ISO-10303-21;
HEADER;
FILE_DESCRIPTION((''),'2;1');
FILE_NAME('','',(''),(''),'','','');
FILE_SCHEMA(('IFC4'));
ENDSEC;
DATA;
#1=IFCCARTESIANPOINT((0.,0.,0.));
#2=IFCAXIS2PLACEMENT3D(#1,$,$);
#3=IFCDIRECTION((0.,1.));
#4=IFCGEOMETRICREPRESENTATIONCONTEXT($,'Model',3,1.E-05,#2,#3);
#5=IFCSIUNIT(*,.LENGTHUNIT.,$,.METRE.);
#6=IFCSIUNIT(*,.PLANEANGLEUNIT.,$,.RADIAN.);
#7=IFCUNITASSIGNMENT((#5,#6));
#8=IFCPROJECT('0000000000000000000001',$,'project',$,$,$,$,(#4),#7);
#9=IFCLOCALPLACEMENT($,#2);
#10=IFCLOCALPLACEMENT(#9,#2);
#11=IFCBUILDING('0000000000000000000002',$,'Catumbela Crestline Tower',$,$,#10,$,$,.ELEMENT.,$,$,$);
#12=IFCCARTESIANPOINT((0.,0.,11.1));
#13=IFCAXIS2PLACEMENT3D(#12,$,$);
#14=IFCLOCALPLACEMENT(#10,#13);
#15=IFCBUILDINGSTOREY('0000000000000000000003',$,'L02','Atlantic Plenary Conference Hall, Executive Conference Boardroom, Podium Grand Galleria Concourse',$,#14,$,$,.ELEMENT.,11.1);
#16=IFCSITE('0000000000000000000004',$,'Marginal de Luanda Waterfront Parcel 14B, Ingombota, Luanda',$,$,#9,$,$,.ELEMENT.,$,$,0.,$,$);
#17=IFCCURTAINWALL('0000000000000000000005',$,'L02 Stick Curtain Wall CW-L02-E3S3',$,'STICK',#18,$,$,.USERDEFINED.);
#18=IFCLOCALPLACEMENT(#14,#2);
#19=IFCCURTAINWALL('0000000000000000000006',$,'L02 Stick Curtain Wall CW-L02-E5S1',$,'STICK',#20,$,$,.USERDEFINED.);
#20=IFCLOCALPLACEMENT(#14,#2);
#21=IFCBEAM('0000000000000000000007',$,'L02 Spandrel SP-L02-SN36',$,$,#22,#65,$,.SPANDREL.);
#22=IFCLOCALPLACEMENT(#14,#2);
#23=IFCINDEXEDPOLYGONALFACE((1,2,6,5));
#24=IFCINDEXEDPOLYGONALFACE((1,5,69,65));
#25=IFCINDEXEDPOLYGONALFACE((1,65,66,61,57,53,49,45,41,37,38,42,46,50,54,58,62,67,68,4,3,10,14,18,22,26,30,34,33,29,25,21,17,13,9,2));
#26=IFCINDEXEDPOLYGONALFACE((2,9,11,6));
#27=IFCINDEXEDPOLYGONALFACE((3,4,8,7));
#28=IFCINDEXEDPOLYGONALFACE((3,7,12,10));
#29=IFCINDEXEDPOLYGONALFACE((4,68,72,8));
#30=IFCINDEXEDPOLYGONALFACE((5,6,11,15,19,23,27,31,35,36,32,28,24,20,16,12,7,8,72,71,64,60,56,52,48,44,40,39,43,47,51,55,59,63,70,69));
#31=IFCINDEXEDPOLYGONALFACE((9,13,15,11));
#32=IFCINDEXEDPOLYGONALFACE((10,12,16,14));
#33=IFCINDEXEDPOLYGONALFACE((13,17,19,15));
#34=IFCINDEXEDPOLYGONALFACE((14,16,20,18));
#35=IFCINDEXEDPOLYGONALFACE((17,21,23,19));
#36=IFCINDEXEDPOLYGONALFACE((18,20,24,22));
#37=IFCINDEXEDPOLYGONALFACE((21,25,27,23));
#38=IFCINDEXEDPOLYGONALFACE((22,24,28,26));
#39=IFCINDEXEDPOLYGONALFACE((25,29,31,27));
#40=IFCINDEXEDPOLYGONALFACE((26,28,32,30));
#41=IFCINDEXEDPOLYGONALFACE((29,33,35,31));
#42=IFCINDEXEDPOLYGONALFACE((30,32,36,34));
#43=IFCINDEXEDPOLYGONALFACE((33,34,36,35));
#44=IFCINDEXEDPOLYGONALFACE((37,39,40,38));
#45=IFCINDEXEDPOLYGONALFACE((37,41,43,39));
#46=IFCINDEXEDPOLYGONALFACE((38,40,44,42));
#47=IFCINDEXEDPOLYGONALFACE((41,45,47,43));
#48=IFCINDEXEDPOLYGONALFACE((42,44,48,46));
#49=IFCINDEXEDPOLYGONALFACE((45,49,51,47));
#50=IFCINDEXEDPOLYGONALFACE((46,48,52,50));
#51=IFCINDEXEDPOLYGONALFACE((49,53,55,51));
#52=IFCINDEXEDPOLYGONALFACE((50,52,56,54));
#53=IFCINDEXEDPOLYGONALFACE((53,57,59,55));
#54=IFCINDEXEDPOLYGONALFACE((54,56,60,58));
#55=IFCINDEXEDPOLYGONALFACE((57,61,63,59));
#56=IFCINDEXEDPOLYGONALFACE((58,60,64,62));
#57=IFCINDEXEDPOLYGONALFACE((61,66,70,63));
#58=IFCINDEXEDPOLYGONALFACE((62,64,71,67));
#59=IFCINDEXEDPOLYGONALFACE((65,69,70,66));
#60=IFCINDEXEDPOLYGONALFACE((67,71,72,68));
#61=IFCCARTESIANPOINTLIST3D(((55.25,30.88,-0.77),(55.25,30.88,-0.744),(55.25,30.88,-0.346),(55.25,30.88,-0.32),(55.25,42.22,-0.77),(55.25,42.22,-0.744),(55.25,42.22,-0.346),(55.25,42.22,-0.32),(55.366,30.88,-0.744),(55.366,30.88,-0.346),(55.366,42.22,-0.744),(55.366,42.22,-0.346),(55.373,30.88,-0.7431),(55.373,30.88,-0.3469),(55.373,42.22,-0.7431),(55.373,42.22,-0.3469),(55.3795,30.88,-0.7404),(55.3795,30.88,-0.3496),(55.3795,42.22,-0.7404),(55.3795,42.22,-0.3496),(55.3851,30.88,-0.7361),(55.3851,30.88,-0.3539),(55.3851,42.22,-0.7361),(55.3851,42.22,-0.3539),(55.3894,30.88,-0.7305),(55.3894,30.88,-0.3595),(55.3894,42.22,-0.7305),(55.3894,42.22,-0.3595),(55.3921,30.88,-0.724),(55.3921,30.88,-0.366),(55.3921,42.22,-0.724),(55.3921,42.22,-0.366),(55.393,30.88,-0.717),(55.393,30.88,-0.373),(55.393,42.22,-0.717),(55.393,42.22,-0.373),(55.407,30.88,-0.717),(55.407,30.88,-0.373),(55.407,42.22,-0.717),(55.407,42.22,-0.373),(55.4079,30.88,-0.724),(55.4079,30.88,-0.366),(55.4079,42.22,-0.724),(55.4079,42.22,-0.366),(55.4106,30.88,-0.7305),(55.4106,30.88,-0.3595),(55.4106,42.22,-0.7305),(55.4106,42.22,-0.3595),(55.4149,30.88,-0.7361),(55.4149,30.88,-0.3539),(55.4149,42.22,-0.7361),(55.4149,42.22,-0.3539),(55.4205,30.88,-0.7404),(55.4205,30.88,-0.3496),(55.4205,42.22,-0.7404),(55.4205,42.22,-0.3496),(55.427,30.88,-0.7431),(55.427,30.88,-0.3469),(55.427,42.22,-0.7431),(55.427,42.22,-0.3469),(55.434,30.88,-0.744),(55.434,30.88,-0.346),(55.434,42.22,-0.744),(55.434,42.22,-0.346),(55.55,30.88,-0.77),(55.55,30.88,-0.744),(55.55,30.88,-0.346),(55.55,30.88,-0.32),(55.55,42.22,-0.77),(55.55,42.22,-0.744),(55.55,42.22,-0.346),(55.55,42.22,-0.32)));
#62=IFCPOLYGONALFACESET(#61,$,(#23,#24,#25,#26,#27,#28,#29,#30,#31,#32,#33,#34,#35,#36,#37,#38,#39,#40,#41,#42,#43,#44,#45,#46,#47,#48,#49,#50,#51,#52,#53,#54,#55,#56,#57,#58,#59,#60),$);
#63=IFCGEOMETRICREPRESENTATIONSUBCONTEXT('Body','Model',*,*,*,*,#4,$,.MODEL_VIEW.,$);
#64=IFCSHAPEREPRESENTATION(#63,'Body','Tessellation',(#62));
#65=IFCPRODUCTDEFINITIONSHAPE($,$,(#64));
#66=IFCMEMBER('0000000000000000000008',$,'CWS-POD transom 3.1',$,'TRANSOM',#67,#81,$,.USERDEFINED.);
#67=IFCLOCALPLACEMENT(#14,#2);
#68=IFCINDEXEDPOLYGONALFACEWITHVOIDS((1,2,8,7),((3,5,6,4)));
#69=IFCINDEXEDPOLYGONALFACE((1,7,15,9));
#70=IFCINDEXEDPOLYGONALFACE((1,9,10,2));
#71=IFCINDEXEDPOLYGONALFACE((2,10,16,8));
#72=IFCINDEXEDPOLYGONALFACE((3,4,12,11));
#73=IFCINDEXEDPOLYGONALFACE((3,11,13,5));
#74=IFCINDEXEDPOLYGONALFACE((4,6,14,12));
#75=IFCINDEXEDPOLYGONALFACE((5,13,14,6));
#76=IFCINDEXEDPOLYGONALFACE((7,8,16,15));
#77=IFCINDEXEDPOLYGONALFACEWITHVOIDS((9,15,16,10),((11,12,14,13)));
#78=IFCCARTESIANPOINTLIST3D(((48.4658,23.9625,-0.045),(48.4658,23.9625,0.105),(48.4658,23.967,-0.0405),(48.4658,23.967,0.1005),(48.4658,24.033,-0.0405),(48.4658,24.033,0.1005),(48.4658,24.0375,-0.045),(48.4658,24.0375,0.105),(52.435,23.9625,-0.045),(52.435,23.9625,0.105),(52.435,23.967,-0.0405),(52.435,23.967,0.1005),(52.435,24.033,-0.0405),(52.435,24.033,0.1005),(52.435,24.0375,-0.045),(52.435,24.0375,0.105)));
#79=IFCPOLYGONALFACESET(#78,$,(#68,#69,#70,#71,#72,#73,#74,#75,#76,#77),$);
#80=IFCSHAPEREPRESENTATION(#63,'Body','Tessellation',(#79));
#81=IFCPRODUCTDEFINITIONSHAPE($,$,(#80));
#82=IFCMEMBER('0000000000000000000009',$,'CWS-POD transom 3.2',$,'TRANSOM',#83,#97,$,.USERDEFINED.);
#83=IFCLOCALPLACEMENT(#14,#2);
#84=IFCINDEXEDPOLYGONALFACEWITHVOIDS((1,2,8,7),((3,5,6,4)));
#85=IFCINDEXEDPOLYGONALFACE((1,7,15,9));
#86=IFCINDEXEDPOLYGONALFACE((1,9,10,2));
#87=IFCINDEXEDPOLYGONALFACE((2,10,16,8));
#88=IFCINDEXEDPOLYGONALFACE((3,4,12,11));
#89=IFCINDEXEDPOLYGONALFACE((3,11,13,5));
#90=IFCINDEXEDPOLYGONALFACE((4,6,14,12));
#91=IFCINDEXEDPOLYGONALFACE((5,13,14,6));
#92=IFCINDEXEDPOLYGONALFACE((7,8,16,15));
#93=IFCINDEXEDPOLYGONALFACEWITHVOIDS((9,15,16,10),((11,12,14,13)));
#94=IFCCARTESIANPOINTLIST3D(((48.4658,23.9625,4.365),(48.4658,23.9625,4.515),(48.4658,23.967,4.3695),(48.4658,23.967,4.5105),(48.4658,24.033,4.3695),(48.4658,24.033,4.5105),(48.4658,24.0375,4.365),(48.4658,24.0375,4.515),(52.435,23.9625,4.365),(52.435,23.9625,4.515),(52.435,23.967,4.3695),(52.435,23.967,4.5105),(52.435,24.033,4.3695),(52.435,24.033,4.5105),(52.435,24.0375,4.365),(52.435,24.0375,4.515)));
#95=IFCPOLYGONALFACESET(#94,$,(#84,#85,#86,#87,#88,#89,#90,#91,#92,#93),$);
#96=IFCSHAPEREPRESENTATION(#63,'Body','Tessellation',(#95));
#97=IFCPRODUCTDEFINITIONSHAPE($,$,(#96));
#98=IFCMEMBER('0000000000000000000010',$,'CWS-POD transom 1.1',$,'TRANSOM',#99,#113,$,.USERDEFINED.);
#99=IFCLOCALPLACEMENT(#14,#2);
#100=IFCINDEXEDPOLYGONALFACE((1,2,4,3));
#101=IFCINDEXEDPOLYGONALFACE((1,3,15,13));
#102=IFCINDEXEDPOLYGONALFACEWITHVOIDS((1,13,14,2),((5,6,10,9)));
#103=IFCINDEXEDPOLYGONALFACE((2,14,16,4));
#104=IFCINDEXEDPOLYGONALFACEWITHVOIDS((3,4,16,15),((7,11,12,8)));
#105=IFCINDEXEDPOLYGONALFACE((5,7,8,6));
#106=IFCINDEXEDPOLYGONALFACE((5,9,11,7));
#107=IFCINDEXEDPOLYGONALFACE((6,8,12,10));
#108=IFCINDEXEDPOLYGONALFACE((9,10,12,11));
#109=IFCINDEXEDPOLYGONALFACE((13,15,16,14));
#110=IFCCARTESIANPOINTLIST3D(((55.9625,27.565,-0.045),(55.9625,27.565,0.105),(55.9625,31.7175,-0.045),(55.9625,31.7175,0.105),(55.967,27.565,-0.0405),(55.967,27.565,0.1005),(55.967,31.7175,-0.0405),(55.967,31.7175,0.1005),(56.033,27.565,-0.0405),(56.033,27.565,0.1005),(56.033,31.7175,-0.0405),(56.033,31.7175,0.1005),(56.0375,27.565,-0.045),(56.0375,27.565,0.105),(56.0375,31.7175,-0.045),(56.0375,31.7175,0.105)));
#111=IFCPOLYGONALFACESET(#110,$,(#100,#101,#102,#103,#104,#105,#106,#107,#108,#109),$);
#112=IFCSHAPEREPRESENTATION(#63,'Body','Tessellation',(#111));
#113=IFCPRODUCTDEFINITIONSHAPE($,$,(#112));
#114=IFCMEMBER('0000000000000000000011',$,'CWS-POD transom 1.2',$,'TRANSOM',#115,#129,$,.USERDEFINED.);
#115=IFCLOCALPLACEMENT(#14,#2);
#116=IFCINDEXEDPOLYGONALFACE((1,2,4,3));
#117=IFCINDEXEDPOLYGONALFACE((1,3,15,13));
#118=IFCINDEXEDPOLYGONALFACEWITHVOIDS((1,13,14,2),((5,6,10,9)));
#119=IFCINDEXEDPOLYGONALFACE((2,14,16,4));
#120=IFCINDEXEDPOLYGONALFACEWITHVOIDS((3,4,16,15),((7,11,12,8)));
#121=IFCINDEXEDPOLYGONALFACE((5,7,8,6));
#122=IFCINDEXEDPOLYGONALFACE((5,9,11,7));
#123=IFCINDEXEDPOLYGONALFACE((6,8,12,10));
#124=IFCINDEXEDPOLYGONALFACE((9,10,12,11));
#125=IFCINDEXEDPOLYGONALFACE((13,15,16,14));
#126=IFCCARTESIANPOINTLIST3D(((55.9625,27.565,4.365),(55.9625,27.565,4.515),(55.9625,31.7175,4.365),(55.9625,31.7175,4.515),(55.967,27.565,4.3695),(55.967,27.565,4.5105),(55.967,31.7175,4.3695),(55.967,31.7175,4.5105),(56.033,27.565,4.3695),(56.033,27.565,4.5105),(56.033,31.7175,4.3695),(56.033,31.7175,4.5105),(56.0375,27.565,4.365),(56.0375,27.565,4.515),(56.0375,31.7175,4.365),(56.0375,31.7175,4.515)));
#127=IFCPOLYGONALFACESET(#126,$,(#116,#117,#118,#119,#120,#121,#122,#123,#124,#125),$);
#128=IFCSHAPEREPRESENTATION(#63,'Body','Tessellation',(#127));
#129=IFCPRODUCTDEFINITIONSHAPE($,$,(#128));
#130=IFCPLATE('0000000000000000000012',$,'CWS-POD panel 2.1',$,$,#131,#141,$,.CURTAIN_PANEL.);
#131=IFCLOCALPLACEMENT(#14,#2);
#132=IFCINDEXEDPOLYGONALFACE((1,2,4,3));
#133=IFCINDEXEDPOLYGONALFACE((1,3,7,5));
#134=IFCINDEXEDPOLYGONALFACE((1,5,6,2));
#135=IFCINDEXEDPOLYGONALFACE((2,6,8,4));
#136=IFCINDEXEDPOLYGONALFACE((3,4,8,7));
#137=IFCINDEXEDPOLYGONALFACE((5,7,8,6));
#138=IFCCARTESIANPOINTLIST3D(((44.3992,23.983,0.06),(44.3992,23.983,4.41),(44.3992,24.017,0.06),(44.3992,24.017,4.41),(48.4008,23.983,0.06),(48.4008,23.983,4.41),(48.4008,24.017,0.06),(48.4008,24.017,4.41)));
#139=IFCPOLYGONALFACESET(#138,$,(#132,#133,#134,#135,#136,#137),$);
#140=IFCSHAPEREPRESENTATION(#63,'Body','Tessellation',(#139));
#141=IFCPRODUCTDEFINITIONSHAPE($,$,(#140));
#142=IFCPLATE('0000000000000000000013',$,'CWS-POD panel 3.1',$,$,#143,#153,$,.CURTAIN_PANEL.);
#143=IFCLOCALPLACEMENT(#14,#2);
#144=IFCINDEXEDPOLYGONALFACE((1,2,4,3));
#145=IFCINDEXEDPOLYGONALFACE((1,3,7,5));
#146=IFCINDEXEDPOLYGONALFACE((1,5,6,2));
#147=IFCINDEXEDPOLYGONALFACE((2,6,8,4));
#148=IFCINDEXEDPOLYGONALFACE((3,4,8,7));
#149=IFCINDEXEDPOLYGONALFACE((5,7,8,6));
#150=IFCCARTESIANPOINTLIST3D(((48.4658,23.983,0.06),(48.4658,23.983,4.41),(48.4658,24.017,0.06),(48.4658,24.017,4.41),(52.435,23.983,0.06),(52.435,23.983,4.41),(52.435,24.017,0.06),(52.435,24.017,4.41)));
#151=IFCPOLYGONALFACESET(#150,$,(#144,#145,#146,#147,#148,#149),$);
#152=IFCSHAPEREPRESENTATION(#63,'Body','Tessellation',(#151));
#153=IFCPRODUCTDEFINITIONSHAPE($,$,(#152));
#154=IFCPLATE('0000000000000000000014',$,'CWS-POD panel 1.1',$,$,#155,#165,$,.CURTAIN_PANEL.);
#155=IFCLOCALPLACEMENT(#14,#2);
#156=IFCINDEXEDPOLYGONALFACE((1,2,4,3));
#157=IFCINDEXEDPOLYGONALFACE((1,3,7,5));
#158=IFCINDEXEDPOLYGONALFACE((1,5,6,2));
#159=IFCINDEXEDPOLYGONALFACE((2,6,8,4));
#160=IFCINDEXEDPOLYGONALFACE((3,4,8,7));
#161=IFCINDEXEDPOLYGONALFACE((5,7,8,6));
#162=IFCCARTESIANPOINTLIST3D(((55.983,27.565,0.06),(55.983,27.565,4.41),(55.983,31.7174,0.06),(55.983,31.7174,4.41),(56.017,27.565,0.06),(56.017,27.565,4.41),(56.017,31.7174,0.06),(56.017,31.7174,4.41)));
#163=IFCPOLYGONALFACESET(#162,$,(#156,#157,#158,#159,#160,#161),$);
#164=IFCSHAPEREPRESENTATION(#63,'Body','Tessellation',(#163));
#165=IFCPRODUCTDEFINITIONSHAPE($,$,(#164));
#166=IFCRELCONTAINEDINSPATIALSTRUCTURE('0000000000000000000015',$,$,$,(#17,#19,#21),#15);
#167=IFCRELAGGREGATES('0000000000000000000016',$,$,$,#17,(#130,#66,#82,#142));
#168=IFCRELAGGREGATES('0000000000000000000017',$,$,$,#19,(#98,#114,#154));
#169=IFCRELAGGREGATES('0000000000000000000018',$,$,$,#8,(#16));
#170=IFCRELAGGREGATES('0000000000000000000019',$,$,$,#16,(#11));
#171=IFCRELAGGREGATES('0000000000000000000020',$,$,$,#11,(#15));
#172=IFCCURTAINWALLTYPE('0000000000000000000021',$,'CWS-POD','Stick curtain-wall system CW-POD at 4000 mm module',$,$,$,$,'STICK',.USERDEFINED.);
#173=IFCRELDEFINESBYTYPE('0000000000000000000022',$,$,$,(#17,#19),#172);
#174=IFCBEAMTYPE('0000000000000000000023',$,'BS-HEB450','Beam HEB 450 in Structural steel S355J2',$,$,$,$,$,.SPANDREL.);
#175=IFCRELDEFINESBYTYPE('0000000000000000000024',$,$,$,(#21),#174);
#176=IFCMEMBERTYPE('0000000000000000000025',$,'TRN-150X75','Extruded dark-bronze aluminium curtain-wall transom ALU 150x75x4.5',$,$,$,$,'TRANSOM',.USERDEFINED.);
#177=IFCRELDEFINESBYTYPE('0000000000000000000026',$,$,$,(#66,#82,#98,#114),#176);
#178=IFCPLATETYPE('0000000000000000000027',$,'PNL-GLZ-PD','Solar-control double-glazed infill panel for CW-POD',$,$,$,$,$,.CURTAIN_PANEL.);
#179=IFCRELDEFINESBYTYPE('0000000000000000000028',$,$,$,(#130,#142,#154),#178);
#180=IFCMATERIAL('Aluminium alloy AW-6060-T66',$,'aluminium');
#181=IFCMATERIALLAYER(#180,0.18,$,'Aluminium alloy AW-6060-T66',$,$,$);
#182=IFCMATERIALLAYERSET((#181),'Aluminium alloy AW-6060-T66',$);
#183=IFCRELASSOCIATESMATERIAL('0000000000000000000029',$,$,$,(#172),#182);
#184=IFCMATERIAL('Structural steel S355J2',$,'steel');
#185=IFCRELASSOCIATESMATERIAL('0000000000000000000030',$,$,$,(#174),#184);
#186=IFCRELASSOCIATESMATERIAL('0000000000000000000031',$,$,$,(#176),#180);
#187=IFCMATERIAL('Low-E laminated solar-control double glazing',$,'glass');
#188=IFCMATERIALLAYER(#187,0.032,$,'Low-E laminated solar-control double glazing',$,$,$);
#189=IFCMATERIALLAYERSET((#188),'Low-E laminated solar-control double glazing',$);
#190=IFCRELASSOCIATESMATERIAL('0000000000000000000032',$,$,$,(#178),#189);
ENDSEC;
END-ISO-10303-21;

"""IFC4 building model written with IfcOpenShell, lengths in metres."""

from ifc_helpers import new_model, si_unit, direction, frame, origin, origin_2d, place, context, subcontext, project, spatial, rectangle, hollow_rectangle, i_section, extrude, material, layer, layer_set, material_profile, profile_set, type_object, element, aggregate, save


model = new_model("IFC4")

# Units and contexts
model_context = context("Model", 3, precision=1e-05, world=origin(), true_north=direction((0.0, 1.0)))
body_context = subcontext(model_context, "Body", "Model", "MODEL_VIEW")
ifc_project = project(units=[si_unit("LENGTHUNIT", "METRE"), si_unit("PLANEANGLEUNIT", "RADIAN")], contexts=[model_context])

# Site, building, storey
site_placement = place(None, origin())
site = spatial("IfcSite", under=ifc_project, at=site_placement, Name="Marginal de Luanda Waterfront Parcel 14B, Ingombota, Luanda", CompositionType="ELEMENT", RefElevation=0.0)
building_placement = place(site_placement, origin())
building = spatial("IfcBuilding", under=site, at=building_placement, Name="Catumbela Crestline Tower", CompositionType="ELEMENT")
storey_placement = place(building_placement, frame((0.0, 0.0, 11.1)))
storey = spatial("IfcBuildingStorey", under=building, at=storey_placement, Name="L02", Description="Atlantic Plenary Conference Hall, Executive Conference Boardroom, Podium Grand Galleria Concourse", CompositionType="ELEMENT", Elevation=11.1)

# Shared definitions
ifc_material_1 = material(Name="Structural steel S355J2", Category="steel")

# Curtain wall
ifc_material_2 = material(Name="Aluminium alloy AW-6060-T66", Category="aluminium")
ifc_layer_1 = layer(ifc_material_2, 0.18, Name="Aluminium alloy AW-6060-T66")
ifc_layer_set_1 = layer_set([ifc_layer_1], Name="Aluminium alloy AW-6060-T66")
curtain_wall_type = type_object("IfcCurtainWallType", Name="CWS-POD", Description="Stick curtain-wall system CW-POD at 4000 mm module", ElementType="STICK", PredefinedType="USERDEFINED", material=ifc_layer_set_1)
curtain_wall_1_placement = place(storey_placement, origin())
curtain_wall_1 = element("IfcCurtainWall", 1, at=curtain_wall_1_placement, inside=storey, type_object=curtain_wall_type, Name="L02 Stick Curtain Wall CW-L02-E3S3", ObjectType="STICK", PredefinedType="USERDEFINED")

# Curtain wall
curtain_wall_2_placement = place(storey_placement, origin())
curtain_wall_2 = element("IfcCurtainWall", 2, at=curtain_wall_2_placement, inside=storey, type_object=curtain_wall_type, Name="L02 Stick Curtain Wall CW-L02-E5S1", ObjectType="STICK", PredefinedType="USERDEFINED")

# Beam
ifc_material_profile_1 = material_profile(ifc_material_1, i_section(OverallWidth=0.3, OverallDepth=0.45, WebThickness=0.014, FlangeThickness=0.026, FilletRadius=0.027, at=origin_2d()), Name="HEB 450")
ifc_profile_set_1 = profile_set([ifc_material_profile_1], Name="Structural steel S355J2")
beam_type_1 = type_object("IfcBeamType", Name="BS-HEB450", Description="Beam HEB 450 in Structural steel S355J2", PredefinedType="SPANDREL", material=ifc_profile_set_1)
beam_1_placement = place(storey_placement, frame((55.4, 30.88, -0.545), z_axis=(0.0, 1.0, 0.0), x_axis=(-1.0, 0.0, 0.0)))
element("IfcBeam", 3, at=beam_1_placement, inside=storey, type_object=beam_type_1, Name="L02 Spandrel SP-L02-SN36", PredefinedType="SPANDREL", context=body_context, shape_type="SweptSolid", body=[
    extrude(i_section(OverallWidth=0.3, OverallDepth=0.45, WebThickness=0.014, FlangeThickness=0.026, FilletRadius=0.027, at=origin_2d()), origin(), (0.0, 0.0, 1.0), 11.34),
])

# Members
ifc_material_profile_2 = material_profile(ifc_material_2, hollow_rectangle(XDim=0.075, YDim=0.15, WallThickness=0.0045, at=origin_2d()), Name="ALU 150x75x4.5")
ifc_profile_set_2 = profile_set([ifc_material_profile_2], Name="Aluminium alloy AW-6060-T66")
member_type_1 = type_object("IfcMemberType", Name="TRN-150X75", Description="Extruded dark-bronze aluminium curtain-wall transom ALU 150x75x4.5", ElementType="TRANSOM", PredefinedType="USERDEFINED", material=ifc_profile_set_2)
member_1_placement = place(storey_placement, frame((48.4658, 24.0, 0.03), z_axis=(1.0, 0.0, 0.0), x_axis=(0.0, 1.0, 0.0)))
member_1 = element("IfcMember", 4, at=member_1_placement, type_object=member_type_1, Name="CWS-POD transom 3.1", ObjectType="TRANSOM", PredefinedType="USERDEFINED", context=body_context, shape_type="SweptSolid", body=[
    extrude(hollow_rectangle(XDim=0.075, YDim=0.15, WallThickness=0.0045, at=origin_2d()), origin(), (0.0, 0.0, 1.0), 3.9692),
])
member_2_placement = place(storey_placement, frame((48.4658, 24.0, 4.44), z_axis=(1.0, 0.0, 0.0), x_axis=(0.0, 1.0, 0.0)))
member_2 = element("IfcMember", 5, at=member_2_placement, type_object=member_type_1, Name="CWS-POD transom 3.2", ObjectType="TRANSOM", PredefinedType="USERDEFINED", context=body_context, shape_type="SweptSolid", body=[
    extrude(hollow_rectangle(XDim=0.075, YDim=0.15, WallThickness=0.0045, at=origin_2d()), origin(), (0.0, 0.0, 1.0), 3.9692),
])
member_3_placement = place(storey_placement, frame((56.0, 27.565, 0.03), z_axis=(0.0, 1.0, 0.0), x_axis=(-1.0, 0.0, 0.0)))
member_3 = element("IfcMember", 6, at=member_3_placement, type_object=member_type_1, Name="CWS-POD transom 1.1", ObjectType="TRANSOM", PredefinedType="USERDEFINED", context=body_context, shape_type="SweptSolid", body=[
    extrude(hollow_rectangle(XDim=0.075, YDim=0.15, WallThickness=0.0045, at=origin_2d()), origin(), (0.0, 0.0, 1.0), 4.1525),
])
member_4_placement = place(storey_placement, frame((56.0, 27.565, 4.44), z_axis=(0.0, 1.0, 0.0), x_axis=(-1.0, 0.0, 0.0)))
member_4 = element("IfcMember", 7, at=member_4_placement, type_object=member_type_1, Name="CWS-POD transom 1.2", ObjectType="TRANSOM", PredefinedType="USERDEFINED", context=body_context, shape_type="SweptSolid", body=[
    extrude(hollow_rectangle(XDim=0.075, YDim=0.15, WallThickness=0.0045, at=origin_2d()), origin(), (0.0, 0.0, 1.0), 4.1525),
])

# Plates
ifc_material_3 = material(Name="Low-E laminated solar-control double glazing", Category="glass")
ifc_layer_2 = layer(ifc_material_3, 0.032, Name="Low-E laminated solar-control double glazing")
ifc_layer_set_2 = layer_set([ifc_layer_2], Name="Low-E laminated solar-control double glazing")
plate_type = type_object("IfcPlateType", Name="PNL-GLZ-PD", Description="Solar-control double-glazed infill panel for CW-POD", PredefinedType="CURTAIN_PANEL", material=ifc_layer_set_2)
plate_1_placement = place(storey_placement, frame((46.4, 24.0, 0.06), z_axis=(0.0, 0.0, 1.0), x_axis=(1.0, 0.0, 0.0)))
plate_1 = element("IfcPlate", 8, at=plate_1_placement, type_object=plate_type, Name="CWS-POD panel 2.1", PredefinedType="CURTAIN_PANEL", context=body_context, shape_type="SweptSolid", body=[
    extrude(rectangle(XDim=4.0017, YDim=0.034, at=origin_2d()), origin(), (0.0, 0.0, 1.0), 4.35),
])
plate_2_placement = place(storey_placement, frame((50.4504, 24.0, 0.06), z_axis=(0.0, 0.0, 1.0), x_axis=(1.0, 0.0, 0.0)))
plate_2 = element("IfcPlate", 9, at=plate_2_placement, type_object=plate_type, Name="CWS-POD panel 3.1", PredefinedType="CURTAIN_PANEL", context=body_context, shape_type="SweptSolid", body=[
    extrude(rectangle(XDim=3.9692, YDim=0.034, at=origin_2d()), origin(), (0.0, 0.0, 1.0), 4.35),
])
aggregate(curtain_wall_1, [plate_1, member_1, member_2, plate_2])
plate_3_placement = place(storey_placement, frame((56.0, 29.6412, 0.06), z_axis=(0.0, 0.0, 1.0), x_axis=(0.0, 1.0, 0.0)))
plate_3 = element("IfcPlate", 10, at=plate_3_placement, type_object=plate_type, Name="CWS-POD panel 1.1", PredefinedType="CURTAIN_PANEL", context=body_context, shape_type="SweptSolid", body=[
    extrude(rectangle(XDim=4.1525, YDim=0.034, at=origin_2d()), origin(), (0.0, 0.0, 1.0), 4.35),
])
aggregate(curtain_wall_2, [member_3, member_4, plate_3])

save(model, "model.ifc")
